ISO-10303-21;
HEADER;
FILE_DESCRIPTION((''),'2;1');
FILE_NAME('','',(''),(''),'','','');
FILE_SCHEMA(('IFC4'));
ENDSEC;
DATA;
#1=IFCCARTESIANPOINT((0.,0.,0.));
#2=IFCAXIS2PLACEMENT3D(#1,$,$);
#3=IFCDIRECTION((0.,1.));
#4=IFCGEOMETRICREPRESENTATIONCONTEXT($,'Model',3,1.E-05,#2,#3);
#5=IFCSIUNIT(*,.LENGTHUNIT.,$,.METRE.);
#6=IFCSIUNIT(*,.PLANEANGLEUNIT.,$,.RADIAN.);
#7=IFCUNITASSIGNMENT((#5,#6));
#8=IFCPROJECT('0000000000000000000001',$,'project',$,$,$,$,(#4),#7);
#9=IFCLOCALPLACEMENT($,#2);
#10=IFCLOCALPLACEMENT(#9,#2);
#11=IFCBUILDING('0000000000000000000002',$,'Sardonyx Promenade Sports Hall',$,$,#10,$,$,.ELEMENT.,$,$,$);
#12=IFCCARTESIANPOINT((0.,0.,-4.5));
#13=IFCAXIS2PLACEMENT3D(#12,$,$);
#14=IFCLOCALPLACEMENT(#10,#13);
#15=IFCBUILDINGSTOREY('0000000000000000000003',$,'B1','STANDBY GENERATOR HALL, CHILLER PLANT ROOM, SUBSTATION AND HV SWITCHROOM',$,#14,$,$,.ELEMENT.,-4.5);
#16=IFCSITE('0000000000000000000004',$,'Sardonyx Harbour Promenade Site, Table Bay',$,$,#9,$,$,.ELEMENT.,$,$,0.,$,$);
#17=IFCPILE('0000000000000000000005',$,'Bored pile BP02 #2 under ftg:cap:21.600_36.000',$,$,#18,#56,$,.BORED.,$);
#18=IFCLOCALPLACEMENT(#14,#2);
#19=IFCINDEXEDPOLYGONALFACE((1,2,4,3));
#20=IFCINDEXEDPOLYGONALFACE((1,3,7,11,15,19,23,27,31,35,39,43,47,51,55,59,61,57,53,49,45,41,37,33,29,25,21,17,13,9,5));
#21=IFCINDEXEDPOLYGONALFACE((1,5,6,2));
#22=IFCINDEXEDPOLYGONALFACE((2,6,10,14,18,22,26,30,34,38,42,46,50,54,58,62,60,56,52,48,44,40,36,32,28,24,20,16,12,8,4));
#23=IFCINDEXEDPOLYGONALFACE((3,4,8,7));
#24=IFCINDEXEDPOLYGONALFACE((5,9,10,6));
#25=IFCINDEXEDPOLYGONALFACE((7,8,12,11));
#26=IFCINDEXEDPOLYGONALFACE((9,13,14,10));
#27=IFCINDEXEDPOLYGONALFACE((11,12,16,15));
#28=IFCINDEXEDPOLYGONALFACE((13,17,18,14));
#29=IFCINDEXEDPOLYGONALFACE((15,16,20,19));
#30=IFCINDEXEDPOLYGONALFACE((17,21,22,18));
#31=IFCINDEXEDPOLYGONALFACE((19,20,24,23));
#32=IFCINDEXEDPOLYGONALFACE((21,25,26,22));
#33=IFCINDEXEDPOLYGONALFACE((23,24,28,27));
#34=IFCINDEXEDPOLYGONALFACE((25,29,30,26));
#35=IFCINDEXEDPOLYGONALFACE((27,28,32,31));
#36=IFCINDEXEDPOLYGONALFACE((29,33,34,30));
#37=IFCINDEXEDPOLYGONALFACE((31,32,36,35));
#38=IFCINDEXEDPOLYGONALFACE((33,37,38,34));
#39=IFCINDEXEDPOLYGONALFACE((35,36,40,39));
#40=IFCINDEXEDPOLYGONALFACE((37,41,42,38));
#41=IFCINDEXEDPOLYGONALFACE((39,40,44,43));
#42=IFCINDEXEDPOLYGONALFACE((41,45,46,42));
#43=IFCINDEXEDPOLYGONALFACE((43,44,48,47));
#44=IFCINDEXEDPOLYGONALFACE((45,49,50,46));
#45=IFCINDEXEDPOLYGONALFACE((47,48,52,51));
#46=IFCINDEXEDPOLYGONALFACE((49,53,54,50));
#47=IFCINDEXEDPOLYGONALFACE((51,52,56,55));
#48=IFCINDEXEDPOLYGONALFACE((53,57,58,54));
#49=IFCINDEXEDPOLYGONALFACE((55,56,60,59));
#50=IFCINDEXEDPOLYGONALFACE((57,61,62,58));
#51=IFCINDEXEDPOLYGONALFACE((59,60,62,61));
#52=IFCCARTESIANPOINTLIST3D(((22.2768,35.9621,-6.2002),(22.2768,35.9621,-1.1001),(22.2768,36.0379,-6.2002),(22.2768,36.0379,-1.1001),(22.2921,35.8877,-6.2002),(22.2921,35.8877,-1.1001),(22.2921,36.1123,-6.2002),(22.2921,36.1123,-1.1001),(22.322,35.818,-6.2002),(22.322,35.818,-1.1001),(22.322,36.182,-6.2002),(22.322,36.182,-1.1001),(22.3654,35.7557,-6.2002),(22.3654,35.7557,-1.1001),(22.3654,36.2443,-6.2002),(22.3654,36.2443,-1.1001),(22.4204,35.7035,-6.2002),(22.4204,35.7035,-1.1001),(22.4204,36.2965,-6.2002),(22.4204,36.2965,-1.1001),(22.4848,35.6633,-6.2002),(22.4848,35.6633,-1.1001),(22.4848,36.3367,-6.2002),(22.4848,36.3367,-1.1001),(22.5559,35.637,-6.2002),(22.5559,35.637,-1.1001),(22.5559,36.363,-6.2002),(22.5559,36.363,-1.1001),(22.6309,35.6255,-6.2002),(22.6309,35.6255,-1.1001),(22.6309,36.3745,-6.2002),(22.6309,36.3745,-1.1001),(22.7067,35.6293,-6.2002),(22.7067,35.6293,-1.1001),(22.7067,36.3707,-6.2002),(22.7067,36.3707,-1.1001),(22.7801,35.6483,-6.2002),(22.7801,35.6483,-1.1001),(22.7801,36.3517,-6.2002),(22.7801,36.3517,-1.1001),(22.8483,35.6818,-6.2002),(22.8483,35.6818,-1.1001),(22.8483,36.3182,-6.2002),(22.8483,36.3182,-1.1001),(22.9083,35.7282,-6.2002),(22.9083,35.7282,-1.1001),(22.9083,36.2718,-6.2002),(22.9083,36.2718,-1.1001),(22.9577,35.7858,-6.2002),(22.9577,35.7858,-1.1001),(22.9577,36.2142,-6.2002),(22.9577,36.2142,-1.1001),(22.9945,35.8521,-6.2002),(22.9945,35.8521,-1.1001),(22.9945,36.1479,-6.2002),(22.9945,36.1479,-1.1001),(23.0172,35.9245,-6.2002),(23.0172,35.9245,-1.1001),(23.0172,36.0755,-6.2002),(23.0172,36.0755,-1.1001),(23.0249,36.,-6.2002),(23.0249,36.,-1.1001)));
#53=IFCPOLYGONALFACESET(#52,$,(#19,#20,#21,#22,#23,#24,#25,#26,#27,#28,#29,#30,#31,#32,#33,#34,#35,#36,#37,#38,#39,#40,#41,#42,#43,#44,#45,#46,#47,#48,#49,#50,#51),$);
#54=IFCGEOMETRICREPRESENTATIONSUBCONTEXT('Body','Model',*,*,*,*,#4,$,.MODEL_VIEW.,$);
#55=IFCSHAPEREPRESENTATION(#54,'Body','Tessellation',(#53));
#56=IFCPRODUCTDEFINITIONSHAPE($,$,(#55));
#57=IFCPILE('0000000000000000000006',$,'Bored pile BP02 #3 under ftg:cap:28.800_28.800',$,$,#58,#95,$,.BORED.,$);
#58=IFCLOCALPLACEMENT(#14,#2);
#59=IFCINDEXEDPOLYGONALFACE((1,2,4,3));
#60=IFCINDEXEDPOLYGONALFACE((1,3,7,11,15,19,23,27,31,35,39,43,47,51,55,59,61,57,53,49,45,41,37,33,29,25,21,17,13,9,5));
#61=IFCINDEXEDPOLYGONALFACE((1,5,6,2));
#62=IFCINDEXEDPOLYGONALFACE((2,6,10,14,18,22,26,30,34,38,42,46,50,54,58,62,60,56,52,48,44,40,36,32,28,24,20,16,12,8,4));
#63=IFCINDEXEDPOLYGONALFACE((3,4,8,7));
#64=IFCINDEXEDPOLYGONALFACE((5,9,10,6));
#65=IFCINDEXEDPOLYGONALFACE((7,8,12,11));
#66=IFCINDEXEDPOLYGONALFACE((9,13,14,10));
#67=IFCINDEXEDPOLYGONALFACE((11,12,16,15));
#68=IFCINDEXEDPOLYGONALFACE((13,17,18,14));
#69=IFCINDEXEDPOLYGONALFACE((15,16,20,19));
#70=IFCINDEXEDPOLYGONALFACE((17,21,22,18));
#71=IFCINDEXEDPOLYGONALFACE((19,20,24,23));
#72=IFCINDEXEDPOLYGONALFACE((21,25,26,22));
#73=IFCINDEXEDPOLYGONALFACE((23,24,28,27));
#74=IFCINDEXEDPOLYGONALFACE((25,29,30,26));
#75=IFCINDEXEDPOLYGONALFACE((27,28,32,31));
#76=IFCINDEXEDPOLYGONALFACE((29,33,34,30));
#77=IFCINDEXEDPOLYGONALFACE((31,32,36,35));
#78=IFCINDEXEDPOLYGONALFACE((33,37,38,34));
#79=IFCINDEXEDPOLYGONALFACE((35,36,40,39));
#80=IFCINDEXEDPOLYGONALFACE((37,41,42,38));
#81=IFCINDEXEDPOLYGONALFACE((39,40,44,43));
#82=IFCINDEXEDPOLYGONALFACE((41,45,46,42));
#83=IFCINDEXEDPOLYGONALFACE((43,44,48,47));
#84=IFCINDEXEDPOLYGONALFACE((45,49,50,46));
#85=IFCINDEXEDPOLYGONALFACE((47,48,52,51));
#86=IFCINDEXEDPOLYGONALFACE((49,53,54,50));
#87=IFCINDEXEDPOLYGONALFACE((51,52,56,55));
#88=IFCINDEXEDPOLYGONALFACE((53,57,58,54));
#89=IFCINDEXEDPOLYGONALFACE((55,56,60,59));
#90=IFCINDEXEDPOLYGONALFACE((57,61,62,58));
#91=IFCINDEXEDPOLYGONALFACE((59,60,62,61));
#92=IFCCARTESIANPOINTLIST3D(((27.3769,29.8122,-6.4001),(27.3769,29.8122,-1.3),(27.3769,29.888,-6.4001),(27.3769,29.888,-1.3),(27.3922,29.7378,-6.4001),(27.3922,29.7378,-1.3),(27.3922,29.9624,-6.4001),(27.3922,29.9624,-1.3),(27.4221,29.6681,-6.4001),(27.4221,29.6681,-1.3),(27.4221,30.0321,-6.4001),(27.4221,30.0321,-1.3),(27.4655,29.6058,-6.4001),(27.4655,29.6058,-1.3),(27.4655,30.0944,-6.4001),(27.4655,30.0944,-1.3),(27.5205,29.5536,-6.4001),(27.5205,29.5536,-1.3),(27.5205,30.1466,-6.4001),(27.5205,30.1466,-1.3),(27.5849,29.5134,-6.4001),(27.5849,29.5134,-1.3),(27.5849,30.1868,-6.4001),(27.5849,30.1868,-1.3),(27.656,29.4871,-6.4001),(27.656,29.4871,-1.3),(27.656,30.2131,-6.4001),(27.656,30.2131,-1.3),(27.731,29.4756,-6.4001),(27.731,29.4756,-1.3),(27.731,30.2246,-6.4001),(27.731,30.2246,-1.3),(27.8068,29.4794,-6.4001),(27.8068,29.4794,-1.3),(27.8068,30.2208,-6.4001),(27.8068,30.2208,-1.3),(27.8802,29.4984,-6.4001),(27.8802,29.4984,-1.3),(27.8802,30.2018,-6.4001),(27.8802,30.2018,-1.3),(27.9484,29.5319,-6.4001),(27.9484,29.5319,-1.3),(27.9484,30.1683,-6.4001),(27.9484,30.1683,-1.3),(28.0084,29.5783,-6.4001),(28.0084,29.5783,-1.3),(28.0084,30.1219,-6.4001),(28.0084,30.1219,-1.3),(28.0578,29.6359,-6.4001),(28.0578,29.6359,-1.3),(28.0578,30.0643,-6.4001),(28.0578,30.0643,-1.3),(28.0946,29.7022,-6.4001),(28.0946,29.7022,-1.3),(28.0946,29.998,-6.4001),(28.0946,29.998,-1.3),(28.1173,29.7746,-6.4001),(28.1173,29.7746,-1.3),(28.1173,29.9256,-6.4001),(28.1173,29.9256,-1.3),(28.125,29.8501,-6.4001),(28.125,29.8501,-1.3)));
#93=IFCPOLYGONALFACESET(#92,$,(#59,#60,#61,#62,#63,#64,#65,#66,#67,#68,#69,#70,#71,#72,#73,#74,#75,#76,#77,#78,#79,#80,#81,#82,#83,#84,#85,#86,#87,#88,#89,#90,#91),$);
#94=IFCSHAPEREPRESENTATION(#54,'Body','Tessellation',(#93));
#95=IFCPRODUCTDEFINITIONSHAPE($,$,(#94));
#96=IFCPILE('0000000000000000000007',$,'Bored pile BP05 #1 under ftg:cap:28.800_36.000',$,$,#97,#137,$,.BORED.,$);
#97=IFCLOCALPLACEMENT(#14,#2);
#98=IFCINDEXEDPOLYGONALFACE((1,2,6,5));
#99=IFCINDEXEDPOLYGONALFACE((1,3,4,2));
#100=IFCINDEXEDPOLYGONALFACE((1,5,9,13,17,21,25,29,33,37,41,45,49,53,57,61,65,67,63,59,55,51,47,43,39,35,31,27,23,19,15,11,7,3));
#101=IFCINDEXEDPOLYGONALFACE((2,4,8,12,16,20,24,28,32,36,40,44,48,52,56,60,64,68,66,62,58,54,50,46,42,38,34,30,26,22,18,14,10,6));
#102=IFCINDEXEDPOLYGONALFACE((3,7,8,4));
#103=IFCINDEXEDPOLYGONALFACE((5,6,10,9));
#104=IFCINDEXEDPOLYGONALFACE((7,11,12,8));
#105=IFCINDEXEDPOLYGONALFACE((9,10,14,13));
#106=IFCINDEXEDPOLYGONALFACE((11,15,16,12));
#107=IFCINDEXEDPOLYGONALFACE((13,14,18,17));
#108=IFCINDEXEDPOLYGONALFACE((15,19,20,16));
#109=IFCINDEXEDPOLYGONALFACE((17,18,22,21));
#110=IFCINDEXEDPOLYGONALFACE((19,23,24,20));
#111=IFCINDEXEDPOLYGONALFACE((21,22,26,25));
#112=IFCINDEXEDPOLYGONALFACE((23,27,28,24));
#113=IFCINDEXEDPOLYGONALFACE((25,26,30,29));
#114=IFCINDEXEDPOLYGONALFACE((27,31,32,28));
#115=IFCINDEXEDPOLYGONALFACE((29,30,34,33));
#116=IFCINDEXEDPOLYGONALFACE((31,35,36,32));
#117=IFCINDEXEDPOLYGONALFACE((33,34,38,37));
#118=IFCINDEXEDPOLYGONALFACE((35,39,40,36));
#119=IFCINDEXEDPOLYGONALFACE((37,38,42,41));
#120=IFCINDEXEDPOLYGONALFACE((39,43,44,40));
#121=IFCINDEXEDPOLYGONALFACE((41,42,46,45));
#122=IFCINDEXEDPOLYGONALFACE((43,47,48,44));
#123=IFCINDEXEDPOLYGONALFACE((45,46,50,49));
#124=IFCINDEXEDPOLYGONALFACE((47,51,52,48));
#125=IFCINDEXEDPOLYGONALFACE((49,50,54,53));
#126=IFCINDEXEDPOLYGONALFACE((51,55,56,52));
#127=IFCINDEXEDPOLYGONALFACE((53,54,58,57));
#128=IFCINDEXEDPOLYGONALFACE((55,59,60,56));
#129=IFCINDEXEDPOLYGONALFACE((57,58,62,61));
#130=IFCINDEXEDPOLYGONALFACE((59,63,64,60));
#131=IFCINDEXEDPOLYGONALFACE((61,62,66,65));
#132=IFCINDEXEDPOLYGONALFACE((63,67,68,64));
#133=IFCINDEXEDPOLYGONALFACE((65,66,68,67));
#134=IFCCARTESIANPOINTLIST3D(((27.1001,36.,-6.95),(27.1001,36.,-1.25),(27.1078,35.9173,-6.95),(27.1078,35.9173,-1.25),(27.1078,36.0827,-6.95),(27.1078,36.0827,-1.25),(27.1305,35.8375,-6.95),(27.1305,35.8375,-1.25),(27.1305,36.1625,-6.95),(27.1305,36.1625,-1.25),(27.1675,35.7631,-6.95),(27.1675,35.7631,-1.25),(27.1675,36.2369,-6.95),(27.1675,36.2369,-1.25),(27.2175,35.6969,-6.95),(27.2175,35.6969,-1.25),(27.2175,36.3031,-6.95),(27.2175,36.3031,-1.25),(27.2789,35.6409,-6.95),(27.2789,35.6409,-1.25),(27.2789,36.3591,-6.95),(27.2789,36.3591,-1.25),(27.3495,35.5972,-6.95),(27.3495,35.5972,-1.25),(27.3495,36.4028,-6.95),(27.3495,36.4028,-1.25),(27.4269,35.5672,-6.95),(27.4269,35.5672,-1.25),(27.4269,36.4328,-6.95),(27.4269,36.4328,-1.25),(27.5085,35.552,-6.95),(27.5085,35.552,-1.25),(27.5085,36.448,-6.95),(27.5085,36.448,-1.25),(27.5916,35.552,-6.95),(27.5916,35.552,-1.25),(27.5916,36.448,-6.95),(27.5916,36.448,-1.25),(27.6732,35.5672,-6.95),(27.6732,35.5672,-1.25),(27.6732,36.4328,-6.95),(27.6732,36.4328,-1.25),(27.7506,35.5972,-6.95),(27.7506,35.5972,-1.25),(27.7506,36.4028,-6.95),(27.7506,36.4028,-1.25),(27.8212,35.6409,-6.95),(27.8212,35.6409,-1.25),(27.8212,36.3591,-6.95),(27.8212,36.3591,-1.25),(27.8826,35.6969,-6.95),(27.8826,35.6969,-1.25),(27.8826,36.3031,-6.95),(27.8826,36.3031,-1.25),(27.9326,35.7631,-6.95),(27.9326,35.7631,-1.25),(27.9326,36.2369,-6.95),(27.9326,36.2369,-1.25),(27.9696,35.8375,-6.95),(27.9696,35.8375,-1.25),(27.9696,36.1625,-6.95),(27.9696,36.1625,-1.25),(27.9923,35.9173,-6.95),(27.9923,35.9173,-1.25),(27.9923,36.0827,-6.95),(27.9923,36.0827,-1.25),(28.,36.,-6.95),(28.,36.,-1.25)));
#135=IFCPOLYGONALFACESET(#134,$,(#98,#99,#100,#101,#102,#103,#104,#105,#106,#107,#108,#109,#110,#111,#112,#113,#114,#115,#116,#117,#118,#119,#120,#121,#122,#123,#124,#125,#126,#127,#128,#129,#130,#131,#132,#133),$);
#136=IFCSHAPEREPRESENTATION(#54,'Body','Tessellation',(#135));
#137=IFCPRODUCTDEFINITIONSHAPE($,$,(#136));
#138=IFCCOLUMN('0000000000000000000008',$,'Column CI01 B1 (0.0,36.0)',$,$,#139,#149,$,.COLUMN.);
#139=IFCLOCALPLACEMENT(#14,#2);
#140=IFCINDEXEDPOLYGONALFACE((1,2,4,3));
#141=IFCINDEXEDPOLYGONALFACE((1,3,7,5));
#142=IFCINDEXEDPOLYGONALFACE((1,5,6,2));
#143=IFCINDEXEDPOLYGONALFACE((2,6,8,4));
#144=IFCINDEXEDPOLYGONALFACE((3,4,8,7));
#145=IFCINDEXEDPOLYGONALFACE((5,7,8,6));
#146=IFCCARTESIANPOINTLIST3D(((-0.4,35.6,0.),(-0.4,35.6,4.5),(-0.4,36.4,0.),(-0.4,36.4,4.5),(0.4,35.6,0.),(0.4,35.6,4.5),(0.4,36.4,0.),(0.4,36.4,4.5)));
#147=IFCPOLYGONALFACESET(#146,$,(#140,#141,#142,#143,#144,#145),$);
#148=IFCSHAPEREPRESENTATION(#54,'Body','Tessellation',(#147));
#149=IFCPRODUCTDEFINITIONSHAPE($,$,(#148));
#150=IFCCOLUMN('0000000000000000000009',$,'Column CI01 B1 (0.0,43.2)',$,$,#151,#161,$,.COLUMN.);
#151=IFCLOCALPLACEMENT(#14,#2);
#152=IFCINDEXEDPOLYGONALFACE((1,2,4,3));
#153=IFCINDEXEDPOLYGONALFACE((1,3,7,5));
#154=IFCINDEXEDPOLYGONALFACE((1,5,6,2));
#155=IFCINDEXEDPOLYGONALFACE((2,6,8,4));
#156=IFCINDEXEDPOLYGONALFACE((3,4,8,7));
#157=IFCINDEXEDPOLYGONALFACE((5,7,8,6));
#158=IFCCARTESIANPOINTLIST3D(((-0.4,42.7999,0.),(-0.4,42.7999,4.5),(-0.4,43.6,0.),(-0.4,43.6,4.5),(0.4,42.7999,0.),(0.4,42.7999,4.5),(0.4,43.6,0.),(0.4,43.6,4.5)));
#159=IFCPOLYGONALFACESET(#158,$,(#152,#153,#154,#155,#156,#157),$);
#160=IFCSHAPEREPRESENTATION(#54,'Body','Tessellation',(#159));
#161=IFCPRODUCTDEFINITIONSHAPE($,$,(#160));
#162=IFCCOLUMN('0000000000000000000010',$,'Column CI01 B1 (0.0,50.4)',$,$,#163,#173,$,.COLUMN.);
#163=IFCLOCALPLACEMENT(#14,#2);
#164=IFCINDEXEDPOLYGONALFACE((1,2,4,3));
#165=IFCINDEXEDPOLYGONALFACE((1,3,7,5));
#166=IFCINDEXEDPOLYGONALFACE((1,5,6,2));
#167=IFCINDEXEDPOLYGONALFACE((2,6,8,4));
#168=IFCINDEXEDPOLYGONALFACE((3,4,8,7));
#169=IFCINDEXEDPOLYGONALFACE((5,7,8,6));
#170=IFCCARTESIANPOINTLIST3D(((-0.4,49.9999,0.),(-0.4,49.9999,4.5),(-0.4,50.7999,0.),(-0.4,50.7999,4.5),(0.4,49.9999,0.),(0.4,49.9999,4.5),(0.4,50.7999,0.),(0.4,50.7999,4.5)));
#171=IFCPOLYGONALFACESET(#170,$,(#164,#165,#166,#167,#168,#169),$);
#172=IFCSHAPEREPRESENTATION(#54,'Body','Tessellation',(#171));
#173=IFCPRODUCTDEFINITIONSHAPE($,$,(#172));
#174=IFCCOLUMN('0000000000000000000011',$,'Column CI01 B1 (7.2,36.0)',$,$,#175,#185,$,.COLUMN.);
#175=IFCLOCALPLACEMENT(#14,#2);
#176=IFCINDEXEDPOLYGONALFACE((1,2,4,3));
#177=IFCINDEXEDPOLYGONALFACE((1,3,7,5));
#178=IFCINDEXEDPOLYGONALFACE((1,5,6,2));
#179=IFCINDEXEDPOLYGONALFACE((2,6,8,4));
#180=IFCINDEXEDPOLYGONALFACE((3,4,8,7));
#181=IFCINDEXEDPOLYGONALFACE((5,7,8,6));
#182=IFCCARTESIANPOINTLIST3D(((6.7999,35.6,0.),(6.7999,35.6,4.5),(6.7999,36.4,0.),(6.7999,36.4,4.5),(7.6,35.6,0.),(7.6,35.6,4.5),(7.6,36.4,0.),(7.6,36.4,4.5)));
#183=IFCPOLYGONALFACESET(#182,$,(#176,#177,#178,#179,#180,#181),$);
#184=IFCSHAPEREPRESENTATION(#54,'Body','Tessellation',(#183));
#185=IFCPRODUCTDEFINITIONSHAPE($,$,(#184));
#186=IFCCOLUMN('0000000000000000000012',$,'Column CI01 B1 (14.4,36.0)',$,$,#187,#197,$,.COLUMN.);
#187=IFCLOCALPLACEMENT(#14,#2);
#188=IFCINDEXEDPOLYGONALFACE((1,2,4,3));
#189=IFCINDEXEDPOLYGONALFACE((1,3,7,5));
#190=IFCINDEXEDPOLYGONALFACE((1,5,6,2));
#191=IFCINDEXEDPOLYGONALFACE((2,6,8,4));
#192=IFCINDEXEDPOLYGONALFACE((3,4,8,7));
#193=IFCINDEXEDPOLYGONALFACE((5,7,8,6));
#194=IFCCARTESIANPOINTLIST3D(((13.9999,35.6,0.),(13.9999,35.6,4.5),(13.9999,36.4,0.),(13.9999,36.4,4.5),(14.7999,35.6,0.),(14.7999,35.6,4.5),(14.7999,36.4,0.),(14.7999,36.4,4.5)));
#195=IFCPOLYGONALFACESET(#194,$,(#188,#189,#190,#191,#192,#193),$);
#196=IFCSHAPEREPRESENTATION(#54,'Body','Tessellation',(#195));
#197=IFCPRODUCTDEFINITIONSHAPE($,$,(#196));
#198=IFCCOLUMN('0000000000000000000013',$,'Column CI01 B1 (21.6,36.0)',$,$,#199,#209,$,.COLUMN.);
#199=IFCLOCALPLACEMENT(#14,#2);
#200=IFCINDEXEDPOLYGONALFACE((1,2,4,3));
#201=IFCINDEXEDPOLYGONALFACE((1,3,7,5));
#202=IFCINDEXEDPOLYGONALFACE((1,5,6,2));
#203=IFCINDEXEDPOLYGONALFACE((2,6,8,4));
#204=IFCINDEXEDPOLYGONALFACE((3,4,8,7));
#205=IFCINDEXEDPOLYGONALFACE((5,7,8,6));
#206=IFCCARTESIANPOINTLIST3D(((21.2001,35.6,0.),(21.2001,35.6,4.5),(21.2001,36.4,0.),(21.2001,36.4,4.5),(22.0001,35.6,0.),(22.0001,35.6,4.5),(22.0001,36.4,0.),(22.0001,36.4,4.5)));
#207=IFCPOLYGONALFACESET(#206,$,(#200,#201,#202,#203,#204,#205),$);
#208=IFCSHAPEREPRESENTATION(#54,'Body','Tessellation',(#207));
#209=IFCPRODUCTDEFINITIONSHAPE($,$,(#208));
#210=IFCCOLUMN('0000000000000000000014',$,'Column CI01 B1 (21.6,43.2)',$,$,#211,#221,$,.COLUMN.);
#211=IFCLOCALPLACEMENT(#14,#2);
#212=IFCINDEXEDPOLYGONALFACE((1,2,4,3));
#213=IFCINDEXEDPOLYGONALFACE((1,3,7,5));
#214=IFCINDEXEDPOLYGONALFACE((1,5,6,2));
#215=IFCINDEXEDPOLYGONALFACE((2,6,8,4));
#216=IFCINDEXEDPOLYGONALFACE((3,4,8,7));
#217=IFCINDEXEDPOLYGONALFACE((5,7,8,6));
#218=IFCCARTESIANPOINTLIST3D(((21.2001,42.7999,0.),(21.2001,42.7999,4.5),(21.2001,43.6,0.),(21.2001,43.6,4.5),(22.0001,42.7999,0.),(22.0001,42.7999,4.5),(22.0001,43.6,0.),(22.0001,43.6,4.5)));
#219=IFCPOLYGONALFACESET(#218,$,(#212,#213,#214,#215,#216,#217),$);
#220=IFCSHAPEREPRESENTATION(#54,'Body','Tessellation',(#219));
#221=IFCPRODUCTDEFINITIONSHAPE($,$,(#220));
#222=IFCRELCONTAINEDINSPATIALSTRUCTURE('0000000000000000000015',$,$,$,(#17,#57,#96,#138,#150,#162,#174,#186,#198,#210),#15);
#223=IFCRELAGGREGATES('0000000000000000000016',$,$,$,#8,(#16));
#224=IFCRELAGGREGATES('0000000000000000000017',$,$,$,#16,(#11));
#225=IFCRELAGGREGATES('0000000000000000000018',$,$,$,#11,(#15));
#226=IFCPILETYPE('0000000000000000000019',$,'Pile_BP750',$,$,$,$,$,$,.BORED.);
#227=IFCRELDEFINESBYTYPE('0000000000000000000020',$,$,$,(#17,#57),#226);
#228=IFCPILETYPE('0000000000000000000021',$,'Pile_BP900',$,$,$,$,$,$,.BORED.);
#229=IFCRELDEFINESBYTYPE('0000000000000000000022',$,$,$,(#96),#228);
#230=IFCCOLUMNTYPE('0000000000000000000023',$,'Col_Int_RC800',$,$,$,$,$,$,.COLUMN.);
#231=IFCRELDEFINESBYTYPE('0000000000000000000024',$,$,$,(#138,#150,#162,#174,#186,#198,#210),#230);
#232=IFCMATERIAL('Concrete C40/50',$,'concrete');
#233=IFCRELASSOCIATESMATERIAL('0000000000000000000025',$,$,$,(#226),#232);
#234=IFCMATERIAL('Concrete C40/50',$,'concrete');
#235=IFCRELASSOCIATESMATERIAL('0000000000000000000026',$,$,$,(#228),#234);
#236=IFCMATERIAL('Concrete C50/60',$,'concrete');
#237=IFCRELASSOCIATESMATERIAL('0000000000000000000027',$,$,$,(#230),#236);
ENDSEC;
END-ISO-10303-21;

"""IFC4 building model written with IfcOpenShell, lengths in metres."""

from ifc_helpers import new_model, si_unit, direction, frame, origin, origin_2d, place, context, subcontext, project, spatial, rectangle, circle, extrude, material, material_profile, profile_set, type_object, element, save


model = new_model("IFC4")

# Units and contexts
model_context = context("Model", 3, precision=1e-05, world=origin(), true_north=direction((0.0, 1.0)))
body_context = subcontext(model_context, "Body", "Model", "MODEL_VIEW")
ifc_project = project(units=[si_unit("LENGTHUNIT", "METRE"), si_unit("PLANEANGLEUNIT", "RADIAN")], contexts=[model_context])

# Site, building, storey
site_placement = place(None, origin())
site = spatial("IfcSite", under=ifc_project, at=site_placement, Name="Sardonyx Harbour Promenade Site, Table Bay", CompositionType="ELEMENT", RefElevation=0.0)
building_placement = place(site_placement, origin())
building = spatial("IfcBuilding", under=site, at=building_placement, Name="Sardonyx Promenade Sports Hall", CompositionType="ELEMENT")
storey_placement = place(building_placement, frame((0.0, 0.0, -4.5)))
storey = spatial("IfcBuildingStorey", under=building, at=storey_placement, Name="B1", Description="STANDBY GENERATOR HALL, CHILLER PLANT ROOM, SUBSTATION AND HV SWITCHROOM", CompositionType="ELEMENT", Elevation=-4.5)

# Piles
ifc_material_1 = material(Name="Concrete C40/50", Category="concrete")
ifc_material_profile_1 = material_profile(ifc_material_1, circle(Radius=0.375, at=origin_2d()))
ifc_profile_set_1 = profile_set([ifc_material_profile_1], Name="Concrete C40/50")
pile_type_1 = type_object("IfcPileType", Name="Pile_BP750", PredefinedType="BORED", material=ifc_profile_set_1)
for number, where, z_axis, x_axis, name in (
    (1, (22.6499, 36.0, -1.1001), (0.0, 0.0, -1.0), (1.0, 0.0, 0.0), "Bored pile BP02 #2 under ftg:cap:21.600_36.000"),
    (2, (27.75, 29.8501, -1.3), (0.0, 0.0, -1.0), (1.0, 0.0, 0.0), "Bored pile BP02 #3 under ftg:cap:28.800_28.800"),
):
    element("IfcPile", number, at=place(storey_placement, frame(where, z_axis=z_axis, x_axis=x_axis)), inside=storey, type_object=pile_type_1, Name=name, PredefinedType="BORED", context=body_context, shape_type="SweptSolid", body=[
        extrude(circle(Radius=0.375, at=origin_2d()), origin(), (0.0, 0.0, 1.0), 5.1001),
    ])
ifc_material_2 = material(Name="Concrete C40/50", Category="concrete")
ifc_material_profile_2 = material_profile(ifc_material_2, circle(Radius=0.45, at=origin_2d()))
ifc_profile_set_2 = profile_set([ifc_material_profile_2], Name="Concrete C40/50")
pile_type_2 = type_object("IfcPileType", Name="Pile_BP900", PredefinedType="BORED", material=ifc_profile_set_2)
pile_placement = place(storey_placement, frame((27.55, 36.0, -1.25), z_axis=(0.0, 0.0, -1.0), x_axis=(1.0, 0.0, 0.0)))
element("IfcPile", 3, at=pile_placement, inside=storey, type_object=pile_type_2, Name="Bored pile BP05 #1 under ftg:cap:28.800_36.000", PredefinedType="BORED", context=body_context, shape_type="SweptSolid", body=[
    extrude(circle(Radius=0.45, at=origin_2d()), origin(), (0.0, 0.0, 1.0), 5.7),
])

# Columns
ifc_material_3 = material(Name="Concrete C50/60", Category="concrete")
ifc_material_profile_3 = material_profile(ifc_material_3, rectangle(XDim=0.8, YDim=0.8, at=origin_2d()))
ifc_profile_set_3 = profile_set([ifc_material_profile_3], Name="Concrete C50/60")
column_type = type_object("IfcColumnType", Name="Col_Int_RC800", PredefinedType="COLUMN", material=ifc_profile_set_3)
for number, where, z_axis, x_axis, name in (
    (4, (0.0, 36.0, 0.0), (0.0, 0.0, 1.0), (1.0, 0.0, 0.0), "Column CI01 B1 (0.0,36.0)"),
    (5, (0.0, 43.2, 0.0), (0.0, 0.0, 1.0), (1.0, 0.0, 0.0), "Column CI01 B1 (0.0,43.2)"),
    (6, (0.0, 50.3999, 0.0), (0.0, 0.0, 1.0), (1.0, 0.0, 0.0), "Column CI01 B1 (0.0,50.4)"),
    (7, (7.2, 36.0, 0.0), (0.0, 0.0, 1.0), (1.0, 0.0, 0.0), "Column CI01 B1 (7.2,36.0)"),
    (8, (14.3999, 36.0, 0.0), (0.0, 0.0, 1.0), (1.0, 0.0, 0.0), "Column CI01 B1 (14.4,36.0)"),
    (9, (21.6001, 36.0, 0.0), (0.0, 0.0, 1.0), (1.0, 0.0, 0.0), "Column CI01 B1 (21.6,36.0)"),
    (10, (21.6001, 43.2, 0.0), (0.0, 0.0, 1.0), (1.0, 0.0, 0.0), "Column CI01 B1 (21.6,43.2)"),
):
    element("IfcColumn", number, at=place(storey_placement, frame(where, z_axis=z_axis, x_axis=x_axis)), inside=storey, type_object=column_type, Name=name, PredefinedType="COLUMN", context=body_context, shape_type="SweptSolid", body=[
        extrude(rectangle(XDim=0.8, YDim=0.8, at=origin_2d()), origin(), (0.0, 0.0, 1.0), 4.5),
    ])

save(model, "model.ifc")
